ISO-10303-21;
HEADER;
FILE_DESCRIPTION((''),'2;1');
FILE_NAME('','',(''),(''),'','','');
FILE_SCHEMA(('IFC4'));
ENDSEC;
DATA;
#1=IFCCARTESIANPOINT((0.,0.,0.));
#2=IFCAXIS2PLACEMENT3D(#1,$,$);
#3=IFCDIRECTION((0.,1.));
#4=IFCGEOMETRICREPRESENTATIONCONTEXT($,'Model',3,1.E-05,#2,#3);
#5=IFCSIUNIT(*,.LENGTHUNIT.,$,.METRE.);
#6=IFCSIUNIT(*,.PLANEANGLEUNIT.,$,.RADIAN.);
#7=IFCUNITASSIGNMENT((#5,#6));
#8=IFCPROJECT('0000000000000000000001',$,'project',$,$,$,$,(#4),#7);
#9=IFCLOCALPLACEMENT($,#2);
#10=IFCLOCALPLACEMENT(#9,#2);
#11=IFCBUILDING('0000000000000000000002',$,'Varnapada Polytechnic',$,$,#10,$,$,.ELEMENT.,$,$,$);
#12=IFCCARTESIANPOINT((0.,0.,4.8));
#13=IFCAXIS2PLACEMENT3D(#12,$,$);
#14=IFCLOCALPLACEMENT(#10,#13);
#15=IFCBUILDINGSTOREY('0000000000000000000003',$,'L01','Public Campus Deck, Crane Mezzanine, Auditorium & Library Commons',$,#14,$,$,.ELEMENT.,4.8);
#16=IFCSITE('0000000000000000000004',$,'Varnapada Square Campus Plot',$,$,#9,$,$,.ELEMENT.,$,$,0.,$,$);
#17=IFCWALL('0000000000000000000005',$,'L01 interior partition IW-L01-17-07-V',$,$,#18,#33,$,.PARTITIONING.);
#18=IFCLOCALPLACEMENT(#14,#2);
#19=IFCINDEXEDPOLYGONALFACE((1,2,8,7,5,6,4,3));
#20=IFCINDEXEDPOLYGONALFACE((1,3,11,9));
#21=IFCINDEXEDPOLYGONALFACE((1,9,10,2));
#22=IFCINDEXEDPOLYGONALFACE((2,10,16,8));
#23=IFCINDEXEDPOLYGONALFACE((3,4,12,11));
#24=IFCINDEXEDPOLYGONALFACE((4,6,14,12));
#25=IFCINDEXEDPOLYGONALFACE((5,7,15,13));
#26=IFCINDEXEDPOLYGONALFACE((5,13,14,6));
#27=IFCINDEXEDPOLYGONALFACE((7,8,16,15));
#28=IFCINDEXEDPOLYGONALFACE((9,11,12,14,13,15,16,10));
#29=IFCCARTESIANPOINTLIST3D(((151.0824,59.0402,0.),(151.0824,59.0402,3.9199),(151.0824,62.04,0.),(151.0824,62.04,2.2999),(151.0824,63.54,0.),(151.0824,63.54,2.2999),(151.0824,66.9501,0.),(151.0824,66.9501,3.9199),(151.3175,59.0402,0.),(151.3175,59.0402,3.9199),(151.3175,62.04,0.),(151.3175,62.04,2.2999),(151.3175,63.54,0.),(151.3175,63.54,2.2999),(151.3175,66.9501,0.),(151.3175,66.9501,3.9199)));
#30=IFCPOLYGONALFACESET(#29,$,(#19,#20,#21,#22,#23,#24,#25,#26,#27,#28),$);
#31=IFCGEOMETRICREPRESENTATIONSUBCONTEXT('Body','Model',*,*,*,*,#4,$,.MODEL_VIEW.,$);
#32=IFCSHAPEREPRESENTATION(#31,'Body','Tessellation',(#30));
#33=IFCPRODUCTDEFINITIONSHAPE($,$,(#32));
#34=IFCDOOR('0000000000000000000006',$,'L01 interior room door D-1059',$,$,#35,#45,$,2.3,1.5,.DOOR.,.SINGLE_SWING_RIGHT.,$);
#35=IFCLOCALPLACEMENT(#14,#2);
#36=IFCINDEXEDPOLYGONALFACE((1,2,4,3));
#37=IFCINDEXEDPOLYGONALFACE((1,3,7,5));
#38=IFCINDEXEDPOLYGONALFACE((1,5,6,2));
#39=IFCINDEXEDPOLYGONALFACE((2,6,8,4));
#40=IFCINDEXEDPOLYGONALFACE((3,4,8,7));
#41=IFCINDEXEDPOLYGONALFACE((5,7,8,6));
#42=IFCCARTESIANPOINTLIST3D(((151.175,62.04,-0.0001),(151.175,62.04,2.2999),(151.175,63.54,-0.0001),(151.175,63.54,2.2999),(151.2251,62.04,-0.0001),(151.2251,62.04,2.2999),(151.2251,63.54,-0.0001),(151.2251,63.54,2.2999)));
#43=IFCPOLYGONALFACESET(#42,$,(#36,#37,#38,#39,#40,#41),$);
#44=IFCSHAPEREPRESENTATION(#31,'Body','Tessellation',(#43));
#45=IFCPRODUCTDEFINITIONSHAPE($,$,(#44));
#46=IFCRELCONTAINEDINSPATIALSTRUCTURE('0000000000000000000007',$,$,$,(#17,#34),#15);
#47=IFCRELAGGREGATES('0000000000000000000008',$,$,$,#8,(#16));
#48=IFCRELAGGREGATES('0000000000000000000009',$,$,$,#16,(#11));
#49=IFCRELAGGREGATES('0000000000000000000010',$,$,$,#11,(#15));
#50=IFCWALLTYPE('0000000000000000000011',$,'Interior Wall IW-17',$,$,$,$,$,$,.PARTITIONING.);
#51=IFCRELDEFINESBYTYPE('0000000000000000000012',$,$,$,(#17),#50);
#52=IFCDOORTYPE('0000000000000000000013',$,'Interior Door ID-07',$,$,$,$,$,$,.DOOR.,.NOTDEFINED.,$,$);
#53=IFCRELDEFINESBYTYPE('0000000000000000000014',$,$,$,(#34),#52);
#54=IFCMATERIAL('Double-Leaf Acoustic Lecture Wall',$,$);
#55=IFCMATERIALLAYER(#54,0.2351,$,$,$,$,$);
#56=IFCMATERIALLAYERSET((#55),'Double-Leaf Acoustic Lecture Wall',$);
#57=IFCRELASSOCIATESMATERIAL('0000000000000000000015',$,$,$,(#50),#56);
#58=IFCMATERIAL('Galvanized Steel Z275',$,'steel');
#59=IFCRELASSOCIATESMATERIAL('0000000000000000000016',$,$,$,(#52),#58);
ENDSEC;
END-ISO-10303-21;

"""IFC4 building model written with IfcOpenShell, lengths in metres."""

from ifc_helpers import new_model, si_unit, direction, frame, frame_2d, origin, place, context, subcontext, project, spatial, rectangle, extrude, material, layer, layer_set, type_object, element, fill, save


model = new_model("IFC4")

# Units and contexts
model_context = context("Model", 3, precision=1e-05, world=origin(), true_north=direction((0.0, 1.0)))
body_context = subcontext(model_context, "Body", "Model", "MODEL_VIEW")
ifc_project = project(units=[si_unit("LENGTHUNIT", "METRE"), si_unit("PLANEANGLEUNIT", "RADIAN")], contexts=[model_context])

# Site, building, storey
site_placement = place(None, origin())
site = spatial("IfcSite", under=ifc_project, at=site_placement, Name="Varnapada Square Campus Plot", CompositionType="ELEMENT", RefElevation=0.0)
building_placement = place(site_placement, origin())
building = spatial("IfcBuilding", under=site, at=building_placement, Name="Varnapada Polytechnic", CompositionType="ELEMENT")
storey_placement = place(building_placement, frame((0.0, 0.0, 4.8)))
storey = spatial("IfcBuildingStorey", under=building, at=storey_placement, Name="L01", Description="Public Campus Deck, Crane Mezzanine, Auditorium & Library Commons", CompositionType="ELEMENT", Elevation=4.8)

# Wall, opening, door
ifc_material_1 = material(Name="Double-Leaf Acoustic Lecture Wall")
ifc_layer_1 = layer(ifc_material_1, 0.2351)
ifc_layer_set_1 = layer_set([ifc_layer_1], Name="Double-Leaf Acoustic Lecture Wall")
wall_type = type_object("IfcWallType", Name="Interior Wall IW-17", PredefinedType="PARTITIONING", material=ifc_layer_set_1)
wall_placement = place(storey_placement, frame((151.2, 59.04, 0.0), z_axis=(0.0, 0.0, 1.0), x_axis=(0.0, 1.0, 0.0)))
wall = element("IfcWall", 1, at=wall_placement, inside=storey, type_object=wall_type, Name="L01 interior partition IW-L01-17-07-V", PredefinedType="PARTITIONING", context=body_context, shape_type="SweptSolid", body=[
    extrude(rectangle(XDim=7.9099, YDim=0.2351, at=frame_2d((3.9551, 0.0))), origin(), (0.0, 0.0, 1.0), 3.9199),
])
opening_placement = place(wall_placement, frame((3.0, 0.0, 0.0)))
opening = element("IfcOpeningElement", 2, at=opening_placement, cuts=wall, PredefinedType="OPENING", context=body_context, shape_type="SweptSolid", body=[
    extrude(rectangle(XDim=1.5, YDim=2.3, at=frame_2d((0.75, 1.1499))), frame((0.0, 0.1274, 0.0), z_axis=(0.0, -1.0, 0.0), x_axis=(1.0, 0.0, 0.0)), (0.0, 0.0, 1.0), 0.2551),
])
ifc_material_2 = material(Name="Galvanized Steel Z275", Category="steel")
door_type = type_object("IfcDoorType", Name="Interior Door ID-07", OperationType="NOTDEFINED", PredefinedType="DOOR", material=ifc_material_2)
door_placement = place(opening_placement, origin())
door = element("IfcDoor", 3, at=door_placement, inside=storey, type_object=door_type, Name="L01 interior room door D-1059", OperationType="SINGLE_SWING_RIGHT", OverallHeight=2.3, OverallWidth=1.5, PredefinedType="DOOR", context=body_context, shape_type="SweptSolid", body=[
    extrude(rectangle(XDim=1.5, YDim=2.3, at=frame_2d((0.75, 1.1499))), frame((0.0, 0.0249, 0.0), z_axis=(0.0, -1.0, 0.0), x_axis=(1.0, 0.0, 0.0)), (0.0, 0.0, 1.0), 0.05),
])
fill(opening, door)

save(model, "model.ifc")
